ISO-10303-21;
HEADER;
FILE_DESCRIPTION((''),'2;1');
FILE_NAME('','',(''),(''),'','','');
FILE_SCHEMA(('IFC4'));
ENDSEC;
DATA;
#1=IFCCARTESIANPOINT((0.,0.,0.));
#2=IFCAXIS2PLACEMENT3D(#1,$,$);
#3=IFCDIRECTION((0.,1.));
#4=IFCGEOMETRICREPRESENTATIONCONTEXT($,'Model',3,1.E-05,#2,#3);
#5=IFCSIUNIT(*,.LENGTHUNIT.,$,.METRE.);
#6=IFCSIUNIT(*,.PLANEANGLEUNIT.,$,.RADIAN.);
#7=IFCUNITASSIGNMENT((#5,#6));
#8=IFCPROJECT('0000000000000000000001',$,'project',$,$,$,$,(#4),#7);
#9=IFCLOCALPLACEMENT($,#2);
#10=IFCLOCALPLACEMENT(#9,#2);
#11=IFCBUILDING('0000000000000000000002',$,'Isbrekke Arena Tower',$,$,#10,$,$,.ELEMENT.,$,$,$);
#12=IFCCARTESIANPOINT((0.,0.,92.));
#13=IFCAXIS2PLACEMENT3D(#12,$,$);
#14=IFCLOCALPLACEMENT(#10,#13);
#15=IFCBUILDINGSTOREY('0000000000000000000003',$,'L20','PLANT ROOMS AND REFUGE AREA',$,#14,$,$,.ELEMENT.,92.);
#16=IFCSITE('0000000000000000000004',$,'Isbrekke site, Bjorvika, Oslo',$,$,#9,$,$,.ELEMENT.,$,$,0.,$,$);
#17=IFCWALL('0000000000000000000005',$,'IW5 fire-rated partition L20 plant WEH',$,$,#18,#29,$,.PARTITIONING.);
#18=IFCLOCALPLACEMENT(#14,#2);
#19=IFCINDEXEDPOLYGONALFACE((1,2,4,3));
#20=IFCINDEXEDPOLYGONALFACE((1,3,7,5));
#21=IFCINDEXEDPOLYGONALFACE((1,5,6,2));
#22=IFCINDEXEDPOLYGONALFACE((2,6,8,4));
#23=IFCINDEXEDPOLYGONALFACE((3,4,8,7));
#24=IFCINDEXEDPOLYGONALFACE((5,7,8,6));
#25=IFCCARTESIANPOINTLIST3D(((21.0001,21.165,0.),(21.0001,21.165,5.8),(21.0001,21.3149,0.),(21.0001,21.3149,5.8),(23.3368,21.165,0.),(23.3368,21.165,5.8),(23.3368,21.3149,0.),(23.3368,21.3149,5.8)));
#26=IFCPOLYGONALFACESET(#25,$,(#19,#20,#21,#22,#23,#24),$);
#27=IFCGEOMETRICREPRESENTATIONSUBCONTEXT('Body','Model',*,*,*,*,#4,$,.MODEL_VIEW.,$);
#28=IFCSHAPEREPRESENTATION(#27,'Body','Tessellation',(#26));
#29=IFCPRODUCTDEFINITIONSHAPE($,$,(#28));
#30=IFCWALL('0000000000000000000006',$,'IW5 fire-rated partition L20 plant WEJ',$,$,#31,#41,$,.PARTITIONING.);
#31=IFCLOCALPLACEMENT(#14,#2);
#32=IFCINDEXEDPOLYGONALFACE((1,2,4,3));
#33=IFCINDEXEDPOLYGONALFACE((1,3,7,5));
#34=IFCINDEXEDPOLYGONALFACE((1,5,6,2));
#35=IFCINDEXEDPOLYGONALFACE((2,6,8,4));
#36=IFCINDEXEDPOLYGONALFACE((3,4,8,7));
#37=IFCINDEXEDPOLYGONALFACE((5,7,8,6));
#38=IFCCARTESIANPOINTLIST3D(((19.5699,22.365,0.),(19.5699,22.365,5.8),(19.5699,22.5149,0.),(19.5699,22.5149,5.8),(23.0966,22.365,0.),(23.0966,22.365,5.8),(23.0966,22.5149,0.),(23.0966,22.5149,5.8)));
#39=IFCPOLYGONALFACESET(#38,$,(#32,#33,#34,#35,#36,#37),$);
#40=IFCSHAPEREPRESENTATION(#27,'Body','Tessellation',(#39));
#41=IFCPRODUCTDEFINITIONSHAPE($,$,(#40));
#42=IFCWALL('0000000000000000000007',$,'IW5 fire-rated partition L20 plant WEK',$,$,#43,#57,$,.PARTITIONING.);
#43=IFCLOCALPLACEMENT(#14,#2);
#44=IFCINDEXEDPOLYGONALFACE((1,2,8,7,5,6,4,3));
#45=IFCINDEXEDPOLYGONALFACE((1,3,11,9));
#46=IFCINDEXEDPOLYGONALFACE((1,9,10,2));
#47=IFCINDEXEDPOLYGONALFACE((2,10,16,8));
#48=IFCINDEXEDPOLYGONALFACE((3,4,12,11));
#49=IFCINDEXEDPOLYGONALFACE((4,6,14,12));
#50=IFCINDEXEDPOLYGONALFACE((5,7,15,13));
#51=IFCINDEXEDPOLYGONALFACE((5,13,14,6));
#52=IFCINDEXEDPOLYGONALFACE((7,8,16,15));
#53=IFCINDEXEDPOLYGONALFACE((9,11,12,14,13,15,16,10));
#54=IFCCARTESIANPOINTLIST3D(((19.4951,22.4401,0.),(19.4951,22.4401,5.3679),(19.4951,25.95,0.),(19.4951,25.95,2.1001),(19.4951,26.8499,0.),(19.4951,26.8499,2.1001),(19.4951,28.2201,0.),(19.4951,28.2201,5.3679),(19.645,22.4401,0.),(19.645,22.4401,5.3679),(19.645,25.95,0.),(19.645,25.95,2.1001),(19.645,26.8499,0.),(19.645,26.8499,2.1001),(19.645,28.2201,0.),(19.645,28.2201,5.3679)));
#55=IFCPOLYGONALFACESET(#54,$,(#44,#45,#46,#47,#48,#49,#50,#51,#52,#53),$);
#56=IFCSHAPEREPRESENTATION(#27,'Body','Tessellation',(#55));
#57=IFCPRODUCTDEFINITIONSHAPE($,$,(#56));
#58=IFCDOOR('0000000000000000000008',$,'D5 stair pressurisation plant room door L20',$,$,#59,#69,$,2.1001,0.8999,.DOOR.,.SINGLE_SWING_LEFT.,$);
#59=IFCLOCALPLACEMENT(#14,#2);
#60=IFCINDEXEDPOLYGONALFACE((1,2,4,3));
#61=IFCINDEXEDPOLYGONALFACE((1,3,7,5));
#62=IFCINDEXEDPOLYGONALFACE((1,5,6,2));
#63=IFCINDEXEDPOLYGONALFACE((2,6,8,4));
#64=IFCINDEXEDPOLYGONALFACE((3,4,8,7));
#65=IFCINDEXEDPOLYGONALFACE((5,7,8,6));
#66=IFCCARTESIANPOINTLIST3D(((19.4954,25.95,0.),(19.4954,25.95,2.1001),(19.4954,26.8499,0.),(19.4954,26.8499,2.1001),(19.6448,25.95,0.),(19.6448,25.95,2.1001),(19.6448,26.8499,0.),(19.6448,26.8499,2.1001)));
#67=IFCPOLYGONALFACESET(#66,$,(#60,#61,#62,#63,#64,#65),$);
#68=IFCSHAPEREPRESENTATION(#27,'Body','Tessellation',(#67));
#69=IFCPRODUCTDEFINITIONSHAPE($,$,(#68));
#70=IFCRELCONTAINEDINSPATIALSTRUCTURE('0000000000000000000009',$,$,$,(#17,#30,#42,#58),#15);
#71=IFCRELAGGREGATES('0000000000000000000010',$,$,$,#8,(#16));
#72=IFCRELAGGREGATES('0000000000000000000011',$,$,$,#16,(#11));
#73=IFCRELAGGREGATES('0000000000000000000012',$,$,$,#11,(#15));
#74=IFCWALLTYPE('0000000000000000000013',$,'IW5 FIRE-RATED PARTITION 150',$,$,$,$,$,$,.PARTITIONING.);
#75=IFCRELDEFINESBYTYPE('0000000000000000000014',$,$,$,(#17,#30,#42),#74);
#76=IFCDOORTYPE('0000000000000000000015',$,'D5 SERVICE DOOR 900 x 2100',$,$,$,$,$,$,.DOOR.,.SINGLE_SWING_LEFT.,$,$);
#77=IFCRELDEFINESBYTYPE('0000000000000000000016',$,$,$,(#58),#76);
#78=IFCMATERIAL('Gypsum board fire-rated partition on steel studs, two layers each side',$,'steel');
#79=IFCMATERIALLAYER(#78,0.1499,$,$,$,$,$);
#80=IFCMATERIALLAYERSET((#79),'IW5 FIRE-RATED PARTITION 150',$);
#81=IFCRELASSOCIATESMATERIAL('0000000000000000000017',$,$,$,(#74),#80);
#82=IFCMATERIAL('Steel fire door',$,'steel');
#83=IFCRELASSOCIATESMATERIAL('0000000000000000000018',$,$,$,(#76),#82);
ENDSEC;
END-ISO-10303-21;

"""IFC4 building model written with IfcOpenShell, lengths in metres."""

from ifc_helpers import new_model, si_unit, direction, frame, frame_2d, origin, place, context, subcontext, project, spatial, rectangle, extrude, material, layer, layer_set, type_object, element, fill, save


model = new_model("IFC4")

# Units and contexts
model_context = context("Model", 3, precision=1e-05, world=origin(), true_north=direction((0.0, 1.0)))
body_context = subcontext(model_context, "Body", "Model", "MODEL_VIEW")
ifc_project = project(units=[si_unit("LENGTHUNIT", "METRE"), si_unit("PLANEANGLEUNIT", "RADIAN")], contexts=[model_context])

# Site, building, storey
site_placement = place(None, origin())
site = spatial("IfcSite", under=ifc_project, at=site_placement, Name="Isbrekke site, Bjorvika, Oslo", CompositionType="ELEMENT", RefElevation=0.0)
building_placement = place(site_placement, origin())
building = spatial("IfcBuilding", under=site, at=building_placement, Name="Isbrekke Arena Tower", CompositionType="ELEMENT")
storey_placement = place(building_placement, frame((0.0, 0.0, 92.0)))
storey = spatial("IfcBuildingStorey", under=building, at=storey_placement, Name="L20", Description="PLANT ROOMS AND REFUGE AREA", CompositionType="ELEMENT", Elevation=92.0)

# Walls
ifc_material_1 = material(Name="Gypsum board fire-rated partition on steel studs, two layers each side", Category="steel")
ifc_layer_1 = layer(ifc_material_1, 0.1499)
ifc_layer_set_1 = layer_set([ifc_layer_1], Name="IW5 FIRE-RATED PARTITION 150")
wall_type = type_object("IfcWallType", Name="IW5 FIRE-RATED PARTITION 150", PredefinedType="PARTITIONING", material=ifc_layer_set_1)
wall_1_placement = place(storey_placement, frame((21.0, 21.24, 0.0), z_axis=(0.0, 0.0, 1.0), x_axis=(1.0, 0.0, 0.0)))
element("IfcWall", 1, at=wall_1_placement, inside=storey, type_object=wall_type, Name="IW5 fire-rated partition L20 plant WEH", PredefinedType="PARTITIONING", context=body_context, shape_type="SweptSolid", body=[
    extrude(rectangle(XDim=2.3367, YDim=0.1499, at=frame_2d((1.1685, 0.0))), origin(), (0.0, 0.0, 1.0), 5.8),
])
wall_2_placement = place(storey_placement, frame((19.5701, 22.4399, 0.0), z_axis=(0.0, 0.0, 1.0), x_axis=(1.0, 0.0, 0.0)))
element("IfcWall", 2, at=wall_2_placement, inside=storey, type_object=wall_type, Name="IW5 fire-rated partition L20 plant WEJ", PredefinedType="PARTITIONING", context=body_context, shape_type="SweptSolid", body=[
    extrude(rectangle(XDim=3.5266, YDim=0.1499, at=frame_2d((1.7632, 0.0))), origin(), (0.0, 0.0, 1.0), 5.8),
])

# Wall, opening, door
wall_3_placement = place(storey_placement, frame((19.5701, 22.4399, 0.0), z_axis=(0.0, 0.0, 1.0), x_axis=(0.0, 1.0, 0.0)))
wall_3 = element("IfcWall", 3, at=wall_3_placement, inside=storey, type_object=wall_type, Name="IW5 fire-rated partition L20 plant WEK", PredefinedType="PARTITIONING", context=body_context, shape_type="SweptSolid", body=[
    extrude(rectangle(XDim=5.78, YDim=0.1499, at=frame_2d((2.8901, 0.0))), origin(), (0.0, 0.0, 1.0), 5.3679),
])
opening_placement = place(wall_3_placement, frame((3.51, 0.0, 0.0)))
opening = element("IfcOpeningElement", 4, at=opening_placement, cuts=wall_3, PredefinedType="OPENING", context=body_context, shape_type="SweptSolid", body=[
    extrude(rectangle(XDim=0.8999, YDim=2.1001, at=frame_2d((0.45, 1.05))), frame((0.0, 0.0898, 0.0), z_axis=(0.0, -1.0, 0.0), x_axis=(1.0, 0.0, 0.0)), (0.0, 0.0, 1.0), 0.1797),
])
ifc_material_2 = material(Name="Steel fire door", Category="steel")
door_type = type_object("IfcDoorType", Name="D5 SERVICE DOOR 900 x 2100", OperationType="SINGLE_SWING_LEFT", PredefinedType="DOOR", material=ifc_material_2)
door_placement = place(opening_placement, origin())
door = element("IfcDoor", 5, at=door_placement, inside=storey, type_object=door_type, Name="D5 stair pressurisation plant room door L20", OperationType="SINGLE_SWING_LEFT", OverallHeight=2.1001, OverallWidth=0.8999, PredefinedType="DOOR", context=body_context, shape_type="SweptSolid", body=[
    extrude(rectangle(XDim=0.8999, YDim=2.1001, at=frame_2d((0.45, 1.05))), frame((0.0, 0.0747, 0.0), z_axis=(0.0, -1.0, 0.0), x_axis=(1.0, 0.0, 0.0)), (0.0, 0.0, 1.0), 0.1494),
])
fill(opening, door)

save(model, "model.ifc")
